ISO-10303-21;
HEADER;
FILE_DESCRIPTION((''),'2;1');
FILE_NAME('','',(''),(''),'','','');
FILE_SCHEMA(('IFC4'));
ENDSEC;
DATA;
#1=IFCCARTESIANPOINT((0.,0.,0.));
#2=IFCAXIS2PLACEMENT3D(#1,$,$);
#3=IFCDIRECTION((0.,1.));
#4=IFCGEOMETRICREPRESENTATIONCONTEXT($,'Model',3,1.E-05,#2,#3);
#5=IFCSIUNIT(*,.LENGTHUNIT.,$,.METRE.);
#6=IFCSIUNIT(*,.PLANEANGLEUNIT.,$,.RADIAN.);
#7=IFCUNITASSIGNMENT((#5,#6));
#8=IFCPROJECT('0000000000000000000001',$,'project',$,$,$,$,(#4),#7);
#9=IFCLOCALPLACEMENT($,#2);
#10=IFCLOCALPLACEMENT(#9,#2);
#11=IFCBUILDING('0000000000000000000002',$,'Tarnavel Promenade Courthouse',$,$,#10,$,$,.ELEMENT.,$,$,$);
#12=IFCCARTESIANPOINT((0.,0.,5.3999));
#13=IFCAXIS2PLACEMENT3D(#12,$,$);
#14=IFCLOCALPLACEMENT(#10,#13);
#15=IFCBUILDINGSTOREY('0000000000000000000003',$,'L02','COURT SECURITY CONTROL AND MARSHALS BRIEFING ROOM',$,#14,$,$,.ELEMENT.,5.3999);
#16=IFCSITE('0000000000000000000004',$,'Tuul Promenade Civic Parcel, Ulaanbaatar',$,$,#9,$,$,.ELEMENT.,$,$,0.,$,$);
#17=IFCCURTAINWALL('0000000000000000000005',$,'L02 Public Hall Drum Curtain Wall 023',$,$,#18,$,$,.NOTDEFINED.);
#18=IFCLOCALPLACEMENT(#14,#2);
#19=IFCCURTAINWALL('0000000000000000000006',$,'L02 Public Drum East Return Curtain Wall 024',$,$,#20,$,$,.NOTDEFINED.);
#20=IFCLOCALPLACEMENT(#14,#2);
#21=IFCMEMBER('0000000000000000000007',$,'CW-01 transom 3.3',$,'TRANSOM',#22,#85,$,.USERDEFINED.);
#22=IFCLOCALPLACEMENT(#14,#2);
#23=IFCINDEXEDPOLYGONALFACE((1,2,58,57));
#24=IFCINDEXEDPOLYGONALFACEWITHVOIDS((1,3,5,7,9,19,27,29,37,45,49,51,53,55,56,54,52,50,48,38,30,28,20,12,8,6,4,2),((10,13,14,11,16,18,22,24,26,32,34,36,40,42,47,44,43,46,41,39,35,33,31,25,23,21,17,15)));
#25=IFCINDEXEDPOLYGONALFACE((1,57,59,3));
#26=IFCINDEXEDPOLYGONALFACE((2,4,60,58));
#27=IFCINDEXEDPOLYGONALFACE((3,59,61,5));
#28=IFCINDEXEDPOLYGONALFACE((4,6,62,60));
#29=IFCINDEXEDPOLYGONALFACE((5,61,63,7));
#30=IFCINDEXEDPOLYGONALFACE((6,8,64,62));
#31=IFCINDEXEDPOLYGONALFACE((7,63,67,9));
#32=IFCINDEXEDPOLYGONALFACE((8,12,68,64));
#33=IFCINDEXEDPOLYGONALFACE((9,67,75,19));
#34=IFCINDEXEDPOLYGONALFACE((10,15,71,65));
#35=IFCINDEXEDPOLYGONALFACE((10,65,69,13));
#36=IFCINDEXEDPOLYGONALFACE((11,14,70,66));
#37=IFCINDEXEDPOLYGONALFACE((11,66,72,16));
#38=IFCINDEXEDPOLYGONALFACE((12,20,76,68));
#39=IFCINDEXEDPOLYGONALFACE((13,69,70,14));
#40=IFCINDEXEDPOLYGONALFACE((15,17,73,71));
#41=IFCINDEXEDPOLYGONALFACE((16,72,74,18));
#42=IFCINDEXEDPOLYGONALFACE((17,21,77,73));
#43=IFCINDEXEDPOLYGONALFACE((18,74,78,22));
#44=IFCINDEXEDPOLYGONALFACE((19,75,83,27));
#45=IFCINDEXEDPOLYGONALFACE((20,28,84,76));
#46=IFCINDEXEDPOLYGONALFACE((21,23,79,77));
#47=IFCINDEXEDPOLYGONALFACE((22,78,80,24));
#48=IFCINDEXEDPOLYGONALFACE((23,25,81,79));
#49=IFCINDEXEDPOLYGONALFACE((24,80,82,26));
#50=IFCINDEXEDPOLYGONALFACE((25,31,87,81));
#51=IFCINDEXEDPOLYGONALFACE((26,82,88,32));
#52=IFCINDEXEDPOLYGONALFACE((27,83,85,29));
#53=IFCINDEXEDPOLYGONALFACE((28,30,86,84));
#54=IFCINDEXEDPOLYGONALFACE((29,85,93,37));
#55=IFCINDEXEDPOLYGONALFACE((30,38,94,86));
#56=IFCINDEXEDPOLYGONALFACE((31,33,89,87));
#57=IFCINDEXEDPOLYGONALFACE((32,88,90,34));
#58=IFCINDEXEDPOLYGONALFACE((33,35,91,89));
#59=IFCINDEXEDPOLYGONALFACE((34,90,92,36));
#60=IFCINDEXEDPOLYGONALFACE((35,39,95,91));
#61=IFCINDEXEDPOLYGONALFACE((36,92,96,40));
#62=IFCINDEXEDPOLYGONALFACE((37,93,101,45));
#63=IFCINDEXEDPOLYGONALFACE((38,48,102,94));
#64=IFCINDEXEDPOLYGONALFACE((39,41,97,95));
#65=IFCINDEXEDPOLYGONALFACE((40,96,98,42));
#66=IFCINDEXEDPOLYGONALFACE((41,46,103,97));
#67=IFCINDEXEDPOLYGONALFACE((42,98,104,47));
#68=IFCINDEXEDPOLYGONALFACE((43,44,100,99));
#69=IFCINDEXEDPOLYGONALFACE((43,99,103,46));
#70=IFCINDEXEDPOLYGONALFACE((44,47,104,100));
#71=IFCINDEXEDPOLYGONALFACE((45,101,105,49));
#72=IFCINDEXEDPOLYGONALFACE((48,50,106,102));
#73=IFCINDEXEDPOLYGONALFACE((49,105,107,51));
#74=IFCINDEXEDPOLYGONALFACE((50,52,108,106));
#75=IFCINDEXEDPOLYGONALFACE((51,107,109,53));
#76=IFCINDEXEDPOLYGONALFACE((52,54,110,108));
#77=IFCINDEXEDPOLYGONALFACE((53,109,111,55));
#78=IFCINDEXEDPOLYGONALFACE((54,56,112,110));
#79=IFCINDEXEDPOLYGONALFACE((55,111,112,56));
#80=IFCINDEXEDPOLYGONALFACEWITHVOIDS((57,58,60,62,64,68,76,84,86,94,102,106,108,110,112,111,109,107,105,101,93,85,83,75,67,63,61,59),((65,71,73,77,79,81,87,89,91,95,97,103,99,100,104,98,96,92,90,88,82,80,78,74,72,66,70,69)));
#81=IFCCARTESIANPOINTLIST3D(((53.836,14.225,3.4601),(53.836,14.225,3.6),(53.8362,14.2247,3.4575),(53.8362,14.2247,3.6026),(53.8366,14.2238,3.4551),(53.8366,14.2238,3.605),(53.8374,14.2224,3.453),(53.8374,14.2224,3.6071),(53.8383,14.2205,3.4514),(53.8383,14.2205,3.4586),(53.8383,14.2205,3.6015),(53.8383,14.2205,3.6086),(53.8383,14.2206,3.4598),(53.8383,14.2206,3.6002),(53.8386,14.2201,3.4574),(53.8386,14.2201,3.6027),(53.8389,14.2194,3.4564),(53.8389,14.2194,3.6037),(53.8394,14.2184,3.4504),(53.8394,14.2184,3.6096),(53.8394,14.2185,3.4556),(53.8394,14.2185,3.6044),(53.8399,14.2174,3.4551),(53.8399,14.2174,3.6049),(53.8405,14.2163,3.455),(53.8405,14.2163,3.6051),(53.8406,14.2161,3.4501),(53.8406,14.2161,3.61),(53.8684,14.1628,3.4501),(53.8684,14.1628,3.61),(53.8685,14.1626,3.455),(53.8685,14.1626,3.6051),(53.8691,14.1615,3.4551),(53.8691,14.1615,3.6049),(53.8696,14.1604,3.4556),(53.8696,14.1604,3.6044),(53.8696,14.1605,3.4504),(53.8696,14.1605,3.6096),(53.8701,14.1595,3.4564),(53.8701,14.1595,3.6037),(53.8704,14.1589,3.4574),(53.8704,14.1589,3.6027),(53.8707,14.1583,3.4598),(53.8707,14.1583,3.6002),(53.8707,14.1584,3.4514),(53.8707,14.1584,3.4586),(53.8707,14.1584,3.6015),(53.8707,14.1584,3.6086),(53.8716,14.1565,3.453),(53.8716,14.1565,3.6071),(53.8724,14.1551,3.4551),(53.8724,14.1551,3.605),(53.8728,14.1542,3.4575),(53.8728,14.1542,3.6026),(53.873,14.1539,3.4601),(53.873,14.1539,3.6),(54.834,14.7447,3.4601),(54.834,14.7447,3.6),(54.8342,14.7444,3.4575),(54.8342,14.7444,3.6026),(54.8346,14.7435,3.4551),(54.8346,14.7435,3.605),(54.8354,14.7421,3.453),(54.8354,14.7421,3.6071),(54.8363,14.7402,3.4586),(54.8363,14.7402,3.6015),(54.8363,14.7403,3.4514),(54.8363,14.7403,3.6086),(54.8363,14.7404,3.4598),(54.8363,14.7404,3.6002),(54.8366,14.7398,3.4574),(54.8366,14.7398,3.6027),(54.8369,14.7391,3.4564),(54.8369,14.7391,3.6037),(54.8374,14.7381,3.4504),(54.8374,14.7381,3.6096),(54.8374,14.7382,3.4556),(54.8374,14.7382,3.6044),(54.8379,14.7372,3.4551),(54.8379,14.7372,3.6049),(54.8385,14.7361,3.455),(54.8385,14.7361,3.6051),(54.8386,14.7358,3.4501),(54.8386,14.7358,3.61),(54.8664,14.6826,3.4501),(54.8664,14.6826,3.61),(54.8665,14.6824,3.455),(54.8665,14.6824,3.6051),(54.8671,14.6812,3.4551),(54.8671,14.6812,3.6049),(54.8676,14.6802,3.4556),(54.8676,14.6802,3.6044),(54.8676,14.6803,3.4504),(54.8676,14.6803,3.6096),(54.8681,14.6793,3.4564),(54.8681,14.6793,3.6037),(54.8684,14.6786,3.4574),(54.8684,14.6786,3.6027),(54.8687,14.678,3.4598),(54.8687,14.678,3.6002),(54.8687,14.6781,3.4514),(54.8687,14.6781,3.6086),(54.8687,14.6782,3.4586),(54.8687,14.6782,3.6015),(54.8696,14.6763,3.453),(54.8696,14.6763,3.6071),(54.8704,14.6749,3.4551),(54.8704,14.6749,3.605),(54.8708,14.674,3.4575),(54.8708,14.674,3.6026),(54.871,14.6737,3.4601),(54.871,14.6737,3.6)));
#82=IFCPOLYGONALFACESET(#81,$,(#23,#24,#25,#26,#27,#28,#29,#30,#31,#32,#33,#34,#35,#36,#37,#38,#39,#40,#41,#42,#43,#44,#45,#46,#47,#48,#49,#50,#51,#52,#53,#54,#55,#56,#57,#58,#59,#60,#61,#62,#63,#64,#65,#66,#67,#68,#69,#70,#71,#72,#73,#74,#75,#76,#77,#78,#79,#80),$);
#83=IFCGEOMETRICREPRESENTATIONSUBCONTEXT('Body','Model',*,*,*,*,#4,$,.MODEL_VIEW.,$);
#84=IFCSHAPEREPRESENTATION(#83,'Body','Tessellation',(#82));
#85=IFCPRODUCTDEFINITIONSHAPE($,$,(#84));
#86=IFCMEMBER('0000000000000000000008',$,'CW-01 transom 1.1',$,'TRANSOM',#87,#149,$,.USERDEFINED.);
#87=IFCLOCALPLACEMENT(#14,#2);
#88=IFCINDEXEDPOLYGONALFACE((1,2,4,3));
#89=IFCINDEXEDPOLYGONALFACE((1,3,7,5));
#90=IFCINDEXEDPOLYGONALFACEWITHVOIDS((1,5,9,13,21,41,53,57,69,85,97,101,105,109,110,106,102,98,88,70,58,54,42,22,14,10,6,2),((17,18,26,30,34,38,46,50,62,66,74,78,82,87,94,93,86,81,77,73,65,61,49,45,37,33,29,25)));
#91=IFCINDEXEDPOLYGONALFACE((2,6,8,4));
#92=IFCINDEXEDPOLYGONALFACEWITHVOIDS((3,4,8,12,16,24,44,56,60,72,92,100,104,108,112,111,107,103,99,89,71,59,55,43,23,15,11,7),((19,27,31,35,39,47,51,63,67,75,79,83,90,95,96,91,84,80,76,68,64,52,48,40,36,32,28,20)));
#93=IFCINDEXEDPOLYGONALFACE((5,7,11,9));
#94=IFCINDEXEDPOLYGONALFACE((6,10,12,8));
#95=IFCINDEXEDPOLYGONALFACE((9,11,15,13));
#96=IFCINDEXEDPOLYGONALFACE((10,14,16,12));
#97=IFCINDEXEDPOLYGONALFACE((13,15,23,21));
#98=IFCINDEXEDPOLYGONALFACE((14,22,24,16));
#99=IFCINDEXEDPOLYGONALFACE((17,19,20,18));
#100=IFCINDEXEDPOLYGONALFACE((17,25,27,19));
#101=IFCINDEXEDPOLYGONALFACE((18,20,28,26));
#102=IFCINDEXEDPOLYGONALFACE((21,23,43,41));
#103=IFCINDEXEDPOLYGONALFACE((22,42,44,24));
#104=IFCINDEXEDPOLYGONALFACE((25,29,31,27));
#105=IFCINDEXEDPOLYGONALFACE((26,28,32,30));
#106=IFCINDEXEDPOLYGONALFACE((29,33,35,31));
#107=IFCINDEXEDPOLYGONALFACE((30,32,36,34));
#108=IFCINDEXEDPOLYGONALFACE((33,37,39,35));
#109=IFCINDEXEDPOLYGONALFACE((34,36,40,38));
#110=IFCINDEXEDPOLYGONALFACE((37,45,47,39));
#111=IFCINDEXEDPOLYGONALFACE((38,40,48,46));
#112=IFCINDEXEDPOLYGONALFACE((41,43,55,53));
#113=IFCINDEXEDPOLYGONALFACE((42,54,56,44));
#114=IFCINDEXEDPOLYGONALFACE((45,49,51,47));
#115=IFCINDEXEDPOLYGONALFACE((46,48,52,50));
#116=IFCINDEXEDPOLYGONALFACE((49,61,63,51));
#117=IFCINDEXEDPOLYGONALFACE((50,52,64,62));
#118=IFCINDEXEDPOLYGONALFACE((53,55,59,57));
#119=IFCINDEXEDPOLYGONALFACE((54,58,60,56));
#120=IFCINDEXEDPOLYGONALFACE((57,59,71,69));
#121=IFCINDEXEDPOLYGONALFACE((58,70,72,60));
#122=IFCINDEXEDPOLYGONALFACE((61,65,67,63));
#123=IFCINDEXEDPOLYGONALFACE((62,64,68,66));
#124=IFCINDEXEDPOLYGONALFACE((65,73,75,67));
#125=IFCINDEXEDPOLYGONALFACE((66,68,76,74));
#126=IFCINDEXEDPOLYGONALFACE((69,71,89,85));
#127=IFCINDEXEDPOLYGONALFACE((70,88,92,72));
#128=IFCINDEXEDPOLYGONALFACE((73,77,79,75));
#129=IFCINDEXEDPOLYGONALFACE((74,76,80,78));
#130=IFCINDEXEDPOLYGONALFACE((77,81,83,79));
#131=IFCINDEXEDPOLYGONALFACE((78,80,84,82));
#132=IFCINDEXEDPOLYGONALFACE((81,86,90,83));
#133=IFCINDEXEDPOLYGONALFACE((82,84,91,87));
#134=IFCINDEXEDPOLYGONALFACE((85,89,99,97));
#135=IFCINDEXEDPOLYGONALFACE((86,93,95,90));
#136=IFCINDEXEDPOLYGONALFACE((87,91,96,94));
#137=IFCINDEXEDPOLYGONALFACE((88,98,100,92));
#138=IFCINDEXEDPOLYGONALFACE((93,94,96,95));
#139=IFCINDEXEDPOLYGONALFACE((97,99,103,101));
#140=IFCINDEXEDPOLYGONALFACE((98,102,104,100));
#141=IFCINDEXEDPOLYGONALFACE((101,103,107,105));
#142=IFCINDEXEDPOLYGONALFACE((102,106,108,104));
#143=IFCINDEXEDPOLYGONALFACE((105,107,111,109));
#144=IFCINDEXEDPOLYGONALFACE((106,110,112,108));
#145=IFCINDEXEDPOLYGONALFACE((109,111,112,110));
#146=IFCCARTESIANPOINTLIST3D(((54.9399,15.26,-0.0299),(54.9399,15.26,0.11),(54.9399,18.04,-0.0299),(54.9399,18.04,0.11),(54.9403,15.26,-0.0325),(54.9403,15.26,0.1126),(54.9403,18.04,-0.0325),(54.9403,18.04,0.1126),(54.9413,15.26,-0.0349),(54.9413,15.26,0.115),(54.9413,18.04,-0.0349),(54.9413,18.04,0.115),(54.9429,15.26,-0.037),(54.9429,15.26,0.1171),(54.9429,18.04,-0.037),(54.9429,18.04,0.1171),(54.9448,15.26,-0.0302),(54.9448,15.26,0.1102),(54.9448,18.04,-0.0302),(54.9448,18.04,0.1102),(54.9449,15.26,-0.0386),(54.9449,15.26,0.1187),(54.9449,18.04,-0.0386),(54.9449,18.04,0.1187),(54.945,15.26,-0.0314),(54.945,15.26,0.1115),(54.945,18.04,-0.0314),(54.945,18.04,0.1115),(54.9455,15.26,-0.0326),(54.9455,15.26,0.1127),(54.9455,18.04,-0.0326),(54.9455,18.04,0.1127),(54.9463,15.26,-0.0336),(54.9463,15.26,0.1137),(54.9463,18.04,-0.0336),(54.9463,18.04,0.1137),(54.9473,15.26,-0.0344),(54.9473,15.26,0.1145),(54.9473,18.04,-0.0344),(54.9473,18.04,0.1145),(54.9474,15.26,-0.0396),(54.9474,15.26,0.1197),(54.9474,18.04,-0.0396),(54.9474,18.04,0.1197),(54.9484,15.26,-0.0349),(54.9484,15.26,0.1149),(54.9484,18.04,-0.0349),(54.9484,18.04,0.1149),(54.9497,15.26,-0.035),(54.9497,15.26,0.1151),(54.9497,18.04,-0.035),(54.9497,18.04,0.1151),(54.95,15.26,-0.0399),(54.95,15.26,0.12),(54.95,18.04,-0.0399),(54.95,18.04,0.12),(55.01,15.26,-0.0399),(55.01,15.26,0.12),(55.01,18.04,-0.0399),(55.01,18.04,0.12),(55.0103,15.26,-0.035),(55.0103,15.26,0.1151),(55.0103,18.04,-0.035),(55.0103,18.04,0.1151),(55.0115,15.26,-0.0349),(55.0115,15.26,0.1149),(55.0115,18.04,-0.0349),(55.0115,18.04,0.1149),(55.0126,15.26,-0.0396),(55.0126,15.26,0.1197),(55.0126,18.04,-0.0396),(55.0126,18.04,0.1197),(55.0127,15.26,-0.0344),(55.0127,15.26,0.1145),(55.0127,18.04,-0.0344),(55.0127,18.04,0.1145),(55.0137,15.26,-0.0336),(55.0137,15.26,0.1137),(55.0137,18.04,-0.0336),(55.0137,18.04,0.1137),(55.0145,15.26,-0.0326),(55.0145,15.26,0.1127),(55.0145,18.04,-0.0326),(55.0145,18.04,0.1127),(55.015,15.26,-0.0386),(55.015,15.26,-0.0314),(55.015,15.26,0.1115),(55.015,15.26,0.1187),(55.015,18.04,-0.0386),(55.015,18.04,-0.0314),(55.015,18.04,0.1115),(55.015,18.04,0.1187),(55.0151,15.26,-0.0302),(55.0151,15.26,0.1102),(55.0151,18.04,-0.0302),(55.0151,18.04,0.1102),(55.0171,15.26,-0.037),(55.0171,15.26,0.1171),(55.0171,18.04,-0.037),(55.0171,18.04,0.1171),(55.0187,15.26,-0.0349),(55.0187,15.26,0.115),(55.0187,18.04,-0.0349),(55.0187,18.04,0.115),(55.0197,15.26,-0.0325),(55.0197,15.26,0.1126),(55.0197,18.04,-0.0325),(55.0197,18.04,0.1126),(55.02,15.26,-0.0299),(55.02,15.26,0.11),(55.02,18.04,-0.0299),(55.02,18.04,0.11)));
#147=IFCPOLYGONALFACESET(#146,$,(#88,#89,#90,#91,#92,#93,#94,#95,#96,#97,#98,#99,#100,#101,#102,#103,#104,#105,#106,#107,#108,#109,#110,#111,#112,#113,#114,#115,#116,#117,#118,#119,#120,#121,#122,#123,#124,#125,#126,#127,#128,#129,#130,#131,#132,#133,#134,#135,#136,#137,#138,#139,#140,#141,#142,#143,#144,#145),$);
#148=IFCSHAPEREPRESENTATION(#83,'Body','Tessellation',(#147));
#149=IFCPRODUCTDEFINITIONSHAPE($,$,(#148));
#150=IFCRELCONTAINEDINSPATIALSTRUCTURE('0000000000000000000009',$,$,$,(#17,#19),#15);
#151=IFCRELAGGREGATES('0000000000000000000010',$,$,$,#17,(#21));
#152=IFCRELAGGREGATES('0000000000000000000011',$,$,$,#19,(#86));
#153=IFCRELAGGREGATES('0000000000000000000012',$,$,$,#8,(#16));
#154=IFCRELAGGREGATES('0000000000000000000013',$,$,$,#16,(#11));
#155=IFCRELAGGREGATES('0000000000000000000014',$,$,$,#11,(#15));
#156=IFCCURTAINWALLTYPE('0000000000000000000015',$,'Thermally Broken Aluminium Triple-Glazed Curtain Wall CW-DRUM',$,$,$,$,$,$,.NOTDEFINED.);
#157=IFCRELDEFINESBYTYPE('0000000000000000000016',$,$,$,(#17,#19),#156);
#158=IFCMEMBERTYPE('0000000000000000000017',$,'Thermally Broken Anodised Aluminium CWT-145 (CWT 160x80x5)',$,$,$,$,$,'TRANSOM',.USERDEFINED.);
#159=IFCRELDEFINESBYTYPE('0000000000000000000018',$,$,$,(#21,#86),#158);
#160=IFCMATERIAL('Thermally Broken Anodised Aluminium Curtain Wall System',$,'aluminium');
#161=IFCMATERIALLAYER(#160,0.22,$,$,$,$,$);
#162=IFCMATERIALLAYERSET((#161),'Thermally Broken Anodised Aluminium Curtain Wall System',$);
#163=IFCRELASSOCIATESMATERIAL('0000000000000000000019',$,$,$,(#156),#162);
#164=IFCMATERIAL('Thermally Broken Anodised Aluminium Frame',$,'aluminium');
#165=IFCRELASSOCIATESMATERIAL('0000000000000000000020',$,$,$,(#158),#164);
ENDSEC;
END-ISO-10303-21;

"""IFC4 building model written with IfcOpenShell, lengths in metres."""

from ifc_helpers import new_model, si_unit, direction, frame, origin, origin_2d, place, context, subcontext, project, spatial, hollow_rectangle, extrude, material, layer, layer_set, material_profile, profile_set, type_object, element, aggregate, save


model = new_model("IFC4")

# Units and contexts
model_context = context("Model", 3, precision=1e-05, world=origin(), true_north=direction((0.0, 1.0)))
body_context = subcontext(model_context, "Body", "Model", "MODEL_VIEW")
ifc_project = project(units=[si_unit("LENGTHUNIT", "METRE"), si_unit("PLANEANGLEUNIT", "RADIAN")], contexts=[model_context])

# Site, building, storey
site_placement = place(None, origin())
site = spatial("IfcSite", under=ifc_project, at=site_placement, Name="Tuul Promenade Civic Parcel, Ulaanbaatar", CompositionType="ELEMENT", RefElevation=0.0)
building_placement = place(site_placement, origin())
building = spatial("IfcBuilding", under=site, at=building_placement, Name="Tarnavel Promenade Courthouse", CompositionType="ELEMENT")
storey_placement = place(building_placement, frame((0.0, 0.0, 5.3999)))
storey = spatial("IfcBuildingStorey", under=building, at=storey_placement, Name="L02", Description="COURT SECURITY CONTROL AND MARSHALS BRIEFING ROOM", CompositionType="ELEMENT", Elevation=5.3999)

# Curtain walls
ifc_material_1 = material(Name="Thermally Broken Anodised Aluminium Curtain Wall System", Category="aluminium")
ifc_layer_1 = layer(ifc_material_1, 0.22)
ifc_layer_set_1 = layer_set([ifc_layer_1], Name="Thermally Broken Anodised Aluminium Curtain Wall System")
curtain_wall_type = type_object("IfcCurtainWallType", Name="Thermally Broken Aluminium Triple-Glazed Curtain Wall CW-DRUM", PredefinedType="NOTDEFINED", material=ifc_layer_set_1)
curtain_wall_1_placement = place(storey_placement, origin())
curtain_wall_1 = element("IfcCurtainWall", 1, at=curtain_wall_1_placement, inside=storey, type_object=curtain_wall_type, Name="L02 Public Hall Drum Curtain Wall 023", PredefinedType="NOTDEFINED")
ifc_material_2 = material(Name="Thermally Broken Anodised Aluminium Frame", Category="aluminium")
curtain_wall_2_placement = place(storey_placement, origin())
curtain_wall_2 = element("IfcCurtainWall", 2, at=curtain_wall_2_placement, inside=storey, type_object=curtain_wall_type, Name="L02 Public Drum East Return Curtain Wall 024", PredefinedType="NOTDEFINED")

# Members
ifc_material_profile_1 = material_profile(ifc_material_2, hollow_rectangle(XDim=0.0801, YDim=0.1599, WallThickness=0.0049, InnerFilletRadius=0.0049, OuterFilletRadius=0.01, at=origin_2d()), Name="CWT 160x80x5")
ifc_profile_set_1 = profile_set([ifc_material_profile_1], Name="Thermally Broken Anodised Aluminium Frame")
member_type_1 = type_object("IfcMemberType", Name="Thermally Broken Anodised Aluminium CWT-145 (CWT 160x80x5)", ElementType="TRANSOM", PredefinedType="USERDEFINED", material=ifc_profile_set_1)
member_1_placement = place(storey_placement, frame((53.8545, 14.1895, 3.53), z_axis=(0.886929, 0.461906, 0.0), x_axis=(-0.461906, 0.886929, 0.0)))
member_1 = element("IfcMember", 3, at=member_1_placement, type_object=member_type_1, Name="CW-01 transom 3.3", ObjectType="TRANSOM", PredefinedType="USERDEFINED", context=body_context, shape_type="SweptSolid", body=[
    extrude(hollow_rectangle(XDim=0.0801, YDim=0.1599, WallThickness=0.0049, InnerFilletRadius=0.0049, OuterFilletRadius=0.01, at=origin_2d()), origin(), (0.0, 0.0, 1.0), 1.1252),
])
member_2_placement = place(storey_placement, frame((54.98, 15.26, 0.04), z_axis=(0.0, 1.0, 0.0), x_axis=(-1.0, 0.0, 0.0)))
member_2 = element("IfcMember", 4, at=member_2_placement, type_object=member_type_1, Name="CW-01 transom 1.1", ObjectType="TRANSOM", PredefinedType="USERDEFINED", context=body_context, shape_type="SweptSolid", body=[
    extrude(hollow_rectangle(XDim=0.0801, YDim=0.1599, WallThickness=0.0049, InnerFilletRadius=0.0049, OuterFilletRadius=0.01, at=origin_2d()), origin(), (0.0, 0.0, 1.0), 2.78),
])

aggregate(curtain_wall_1, [member_1])
aggregate(curtain_wall_2, [member_2])

save(model, "model.ifc")
